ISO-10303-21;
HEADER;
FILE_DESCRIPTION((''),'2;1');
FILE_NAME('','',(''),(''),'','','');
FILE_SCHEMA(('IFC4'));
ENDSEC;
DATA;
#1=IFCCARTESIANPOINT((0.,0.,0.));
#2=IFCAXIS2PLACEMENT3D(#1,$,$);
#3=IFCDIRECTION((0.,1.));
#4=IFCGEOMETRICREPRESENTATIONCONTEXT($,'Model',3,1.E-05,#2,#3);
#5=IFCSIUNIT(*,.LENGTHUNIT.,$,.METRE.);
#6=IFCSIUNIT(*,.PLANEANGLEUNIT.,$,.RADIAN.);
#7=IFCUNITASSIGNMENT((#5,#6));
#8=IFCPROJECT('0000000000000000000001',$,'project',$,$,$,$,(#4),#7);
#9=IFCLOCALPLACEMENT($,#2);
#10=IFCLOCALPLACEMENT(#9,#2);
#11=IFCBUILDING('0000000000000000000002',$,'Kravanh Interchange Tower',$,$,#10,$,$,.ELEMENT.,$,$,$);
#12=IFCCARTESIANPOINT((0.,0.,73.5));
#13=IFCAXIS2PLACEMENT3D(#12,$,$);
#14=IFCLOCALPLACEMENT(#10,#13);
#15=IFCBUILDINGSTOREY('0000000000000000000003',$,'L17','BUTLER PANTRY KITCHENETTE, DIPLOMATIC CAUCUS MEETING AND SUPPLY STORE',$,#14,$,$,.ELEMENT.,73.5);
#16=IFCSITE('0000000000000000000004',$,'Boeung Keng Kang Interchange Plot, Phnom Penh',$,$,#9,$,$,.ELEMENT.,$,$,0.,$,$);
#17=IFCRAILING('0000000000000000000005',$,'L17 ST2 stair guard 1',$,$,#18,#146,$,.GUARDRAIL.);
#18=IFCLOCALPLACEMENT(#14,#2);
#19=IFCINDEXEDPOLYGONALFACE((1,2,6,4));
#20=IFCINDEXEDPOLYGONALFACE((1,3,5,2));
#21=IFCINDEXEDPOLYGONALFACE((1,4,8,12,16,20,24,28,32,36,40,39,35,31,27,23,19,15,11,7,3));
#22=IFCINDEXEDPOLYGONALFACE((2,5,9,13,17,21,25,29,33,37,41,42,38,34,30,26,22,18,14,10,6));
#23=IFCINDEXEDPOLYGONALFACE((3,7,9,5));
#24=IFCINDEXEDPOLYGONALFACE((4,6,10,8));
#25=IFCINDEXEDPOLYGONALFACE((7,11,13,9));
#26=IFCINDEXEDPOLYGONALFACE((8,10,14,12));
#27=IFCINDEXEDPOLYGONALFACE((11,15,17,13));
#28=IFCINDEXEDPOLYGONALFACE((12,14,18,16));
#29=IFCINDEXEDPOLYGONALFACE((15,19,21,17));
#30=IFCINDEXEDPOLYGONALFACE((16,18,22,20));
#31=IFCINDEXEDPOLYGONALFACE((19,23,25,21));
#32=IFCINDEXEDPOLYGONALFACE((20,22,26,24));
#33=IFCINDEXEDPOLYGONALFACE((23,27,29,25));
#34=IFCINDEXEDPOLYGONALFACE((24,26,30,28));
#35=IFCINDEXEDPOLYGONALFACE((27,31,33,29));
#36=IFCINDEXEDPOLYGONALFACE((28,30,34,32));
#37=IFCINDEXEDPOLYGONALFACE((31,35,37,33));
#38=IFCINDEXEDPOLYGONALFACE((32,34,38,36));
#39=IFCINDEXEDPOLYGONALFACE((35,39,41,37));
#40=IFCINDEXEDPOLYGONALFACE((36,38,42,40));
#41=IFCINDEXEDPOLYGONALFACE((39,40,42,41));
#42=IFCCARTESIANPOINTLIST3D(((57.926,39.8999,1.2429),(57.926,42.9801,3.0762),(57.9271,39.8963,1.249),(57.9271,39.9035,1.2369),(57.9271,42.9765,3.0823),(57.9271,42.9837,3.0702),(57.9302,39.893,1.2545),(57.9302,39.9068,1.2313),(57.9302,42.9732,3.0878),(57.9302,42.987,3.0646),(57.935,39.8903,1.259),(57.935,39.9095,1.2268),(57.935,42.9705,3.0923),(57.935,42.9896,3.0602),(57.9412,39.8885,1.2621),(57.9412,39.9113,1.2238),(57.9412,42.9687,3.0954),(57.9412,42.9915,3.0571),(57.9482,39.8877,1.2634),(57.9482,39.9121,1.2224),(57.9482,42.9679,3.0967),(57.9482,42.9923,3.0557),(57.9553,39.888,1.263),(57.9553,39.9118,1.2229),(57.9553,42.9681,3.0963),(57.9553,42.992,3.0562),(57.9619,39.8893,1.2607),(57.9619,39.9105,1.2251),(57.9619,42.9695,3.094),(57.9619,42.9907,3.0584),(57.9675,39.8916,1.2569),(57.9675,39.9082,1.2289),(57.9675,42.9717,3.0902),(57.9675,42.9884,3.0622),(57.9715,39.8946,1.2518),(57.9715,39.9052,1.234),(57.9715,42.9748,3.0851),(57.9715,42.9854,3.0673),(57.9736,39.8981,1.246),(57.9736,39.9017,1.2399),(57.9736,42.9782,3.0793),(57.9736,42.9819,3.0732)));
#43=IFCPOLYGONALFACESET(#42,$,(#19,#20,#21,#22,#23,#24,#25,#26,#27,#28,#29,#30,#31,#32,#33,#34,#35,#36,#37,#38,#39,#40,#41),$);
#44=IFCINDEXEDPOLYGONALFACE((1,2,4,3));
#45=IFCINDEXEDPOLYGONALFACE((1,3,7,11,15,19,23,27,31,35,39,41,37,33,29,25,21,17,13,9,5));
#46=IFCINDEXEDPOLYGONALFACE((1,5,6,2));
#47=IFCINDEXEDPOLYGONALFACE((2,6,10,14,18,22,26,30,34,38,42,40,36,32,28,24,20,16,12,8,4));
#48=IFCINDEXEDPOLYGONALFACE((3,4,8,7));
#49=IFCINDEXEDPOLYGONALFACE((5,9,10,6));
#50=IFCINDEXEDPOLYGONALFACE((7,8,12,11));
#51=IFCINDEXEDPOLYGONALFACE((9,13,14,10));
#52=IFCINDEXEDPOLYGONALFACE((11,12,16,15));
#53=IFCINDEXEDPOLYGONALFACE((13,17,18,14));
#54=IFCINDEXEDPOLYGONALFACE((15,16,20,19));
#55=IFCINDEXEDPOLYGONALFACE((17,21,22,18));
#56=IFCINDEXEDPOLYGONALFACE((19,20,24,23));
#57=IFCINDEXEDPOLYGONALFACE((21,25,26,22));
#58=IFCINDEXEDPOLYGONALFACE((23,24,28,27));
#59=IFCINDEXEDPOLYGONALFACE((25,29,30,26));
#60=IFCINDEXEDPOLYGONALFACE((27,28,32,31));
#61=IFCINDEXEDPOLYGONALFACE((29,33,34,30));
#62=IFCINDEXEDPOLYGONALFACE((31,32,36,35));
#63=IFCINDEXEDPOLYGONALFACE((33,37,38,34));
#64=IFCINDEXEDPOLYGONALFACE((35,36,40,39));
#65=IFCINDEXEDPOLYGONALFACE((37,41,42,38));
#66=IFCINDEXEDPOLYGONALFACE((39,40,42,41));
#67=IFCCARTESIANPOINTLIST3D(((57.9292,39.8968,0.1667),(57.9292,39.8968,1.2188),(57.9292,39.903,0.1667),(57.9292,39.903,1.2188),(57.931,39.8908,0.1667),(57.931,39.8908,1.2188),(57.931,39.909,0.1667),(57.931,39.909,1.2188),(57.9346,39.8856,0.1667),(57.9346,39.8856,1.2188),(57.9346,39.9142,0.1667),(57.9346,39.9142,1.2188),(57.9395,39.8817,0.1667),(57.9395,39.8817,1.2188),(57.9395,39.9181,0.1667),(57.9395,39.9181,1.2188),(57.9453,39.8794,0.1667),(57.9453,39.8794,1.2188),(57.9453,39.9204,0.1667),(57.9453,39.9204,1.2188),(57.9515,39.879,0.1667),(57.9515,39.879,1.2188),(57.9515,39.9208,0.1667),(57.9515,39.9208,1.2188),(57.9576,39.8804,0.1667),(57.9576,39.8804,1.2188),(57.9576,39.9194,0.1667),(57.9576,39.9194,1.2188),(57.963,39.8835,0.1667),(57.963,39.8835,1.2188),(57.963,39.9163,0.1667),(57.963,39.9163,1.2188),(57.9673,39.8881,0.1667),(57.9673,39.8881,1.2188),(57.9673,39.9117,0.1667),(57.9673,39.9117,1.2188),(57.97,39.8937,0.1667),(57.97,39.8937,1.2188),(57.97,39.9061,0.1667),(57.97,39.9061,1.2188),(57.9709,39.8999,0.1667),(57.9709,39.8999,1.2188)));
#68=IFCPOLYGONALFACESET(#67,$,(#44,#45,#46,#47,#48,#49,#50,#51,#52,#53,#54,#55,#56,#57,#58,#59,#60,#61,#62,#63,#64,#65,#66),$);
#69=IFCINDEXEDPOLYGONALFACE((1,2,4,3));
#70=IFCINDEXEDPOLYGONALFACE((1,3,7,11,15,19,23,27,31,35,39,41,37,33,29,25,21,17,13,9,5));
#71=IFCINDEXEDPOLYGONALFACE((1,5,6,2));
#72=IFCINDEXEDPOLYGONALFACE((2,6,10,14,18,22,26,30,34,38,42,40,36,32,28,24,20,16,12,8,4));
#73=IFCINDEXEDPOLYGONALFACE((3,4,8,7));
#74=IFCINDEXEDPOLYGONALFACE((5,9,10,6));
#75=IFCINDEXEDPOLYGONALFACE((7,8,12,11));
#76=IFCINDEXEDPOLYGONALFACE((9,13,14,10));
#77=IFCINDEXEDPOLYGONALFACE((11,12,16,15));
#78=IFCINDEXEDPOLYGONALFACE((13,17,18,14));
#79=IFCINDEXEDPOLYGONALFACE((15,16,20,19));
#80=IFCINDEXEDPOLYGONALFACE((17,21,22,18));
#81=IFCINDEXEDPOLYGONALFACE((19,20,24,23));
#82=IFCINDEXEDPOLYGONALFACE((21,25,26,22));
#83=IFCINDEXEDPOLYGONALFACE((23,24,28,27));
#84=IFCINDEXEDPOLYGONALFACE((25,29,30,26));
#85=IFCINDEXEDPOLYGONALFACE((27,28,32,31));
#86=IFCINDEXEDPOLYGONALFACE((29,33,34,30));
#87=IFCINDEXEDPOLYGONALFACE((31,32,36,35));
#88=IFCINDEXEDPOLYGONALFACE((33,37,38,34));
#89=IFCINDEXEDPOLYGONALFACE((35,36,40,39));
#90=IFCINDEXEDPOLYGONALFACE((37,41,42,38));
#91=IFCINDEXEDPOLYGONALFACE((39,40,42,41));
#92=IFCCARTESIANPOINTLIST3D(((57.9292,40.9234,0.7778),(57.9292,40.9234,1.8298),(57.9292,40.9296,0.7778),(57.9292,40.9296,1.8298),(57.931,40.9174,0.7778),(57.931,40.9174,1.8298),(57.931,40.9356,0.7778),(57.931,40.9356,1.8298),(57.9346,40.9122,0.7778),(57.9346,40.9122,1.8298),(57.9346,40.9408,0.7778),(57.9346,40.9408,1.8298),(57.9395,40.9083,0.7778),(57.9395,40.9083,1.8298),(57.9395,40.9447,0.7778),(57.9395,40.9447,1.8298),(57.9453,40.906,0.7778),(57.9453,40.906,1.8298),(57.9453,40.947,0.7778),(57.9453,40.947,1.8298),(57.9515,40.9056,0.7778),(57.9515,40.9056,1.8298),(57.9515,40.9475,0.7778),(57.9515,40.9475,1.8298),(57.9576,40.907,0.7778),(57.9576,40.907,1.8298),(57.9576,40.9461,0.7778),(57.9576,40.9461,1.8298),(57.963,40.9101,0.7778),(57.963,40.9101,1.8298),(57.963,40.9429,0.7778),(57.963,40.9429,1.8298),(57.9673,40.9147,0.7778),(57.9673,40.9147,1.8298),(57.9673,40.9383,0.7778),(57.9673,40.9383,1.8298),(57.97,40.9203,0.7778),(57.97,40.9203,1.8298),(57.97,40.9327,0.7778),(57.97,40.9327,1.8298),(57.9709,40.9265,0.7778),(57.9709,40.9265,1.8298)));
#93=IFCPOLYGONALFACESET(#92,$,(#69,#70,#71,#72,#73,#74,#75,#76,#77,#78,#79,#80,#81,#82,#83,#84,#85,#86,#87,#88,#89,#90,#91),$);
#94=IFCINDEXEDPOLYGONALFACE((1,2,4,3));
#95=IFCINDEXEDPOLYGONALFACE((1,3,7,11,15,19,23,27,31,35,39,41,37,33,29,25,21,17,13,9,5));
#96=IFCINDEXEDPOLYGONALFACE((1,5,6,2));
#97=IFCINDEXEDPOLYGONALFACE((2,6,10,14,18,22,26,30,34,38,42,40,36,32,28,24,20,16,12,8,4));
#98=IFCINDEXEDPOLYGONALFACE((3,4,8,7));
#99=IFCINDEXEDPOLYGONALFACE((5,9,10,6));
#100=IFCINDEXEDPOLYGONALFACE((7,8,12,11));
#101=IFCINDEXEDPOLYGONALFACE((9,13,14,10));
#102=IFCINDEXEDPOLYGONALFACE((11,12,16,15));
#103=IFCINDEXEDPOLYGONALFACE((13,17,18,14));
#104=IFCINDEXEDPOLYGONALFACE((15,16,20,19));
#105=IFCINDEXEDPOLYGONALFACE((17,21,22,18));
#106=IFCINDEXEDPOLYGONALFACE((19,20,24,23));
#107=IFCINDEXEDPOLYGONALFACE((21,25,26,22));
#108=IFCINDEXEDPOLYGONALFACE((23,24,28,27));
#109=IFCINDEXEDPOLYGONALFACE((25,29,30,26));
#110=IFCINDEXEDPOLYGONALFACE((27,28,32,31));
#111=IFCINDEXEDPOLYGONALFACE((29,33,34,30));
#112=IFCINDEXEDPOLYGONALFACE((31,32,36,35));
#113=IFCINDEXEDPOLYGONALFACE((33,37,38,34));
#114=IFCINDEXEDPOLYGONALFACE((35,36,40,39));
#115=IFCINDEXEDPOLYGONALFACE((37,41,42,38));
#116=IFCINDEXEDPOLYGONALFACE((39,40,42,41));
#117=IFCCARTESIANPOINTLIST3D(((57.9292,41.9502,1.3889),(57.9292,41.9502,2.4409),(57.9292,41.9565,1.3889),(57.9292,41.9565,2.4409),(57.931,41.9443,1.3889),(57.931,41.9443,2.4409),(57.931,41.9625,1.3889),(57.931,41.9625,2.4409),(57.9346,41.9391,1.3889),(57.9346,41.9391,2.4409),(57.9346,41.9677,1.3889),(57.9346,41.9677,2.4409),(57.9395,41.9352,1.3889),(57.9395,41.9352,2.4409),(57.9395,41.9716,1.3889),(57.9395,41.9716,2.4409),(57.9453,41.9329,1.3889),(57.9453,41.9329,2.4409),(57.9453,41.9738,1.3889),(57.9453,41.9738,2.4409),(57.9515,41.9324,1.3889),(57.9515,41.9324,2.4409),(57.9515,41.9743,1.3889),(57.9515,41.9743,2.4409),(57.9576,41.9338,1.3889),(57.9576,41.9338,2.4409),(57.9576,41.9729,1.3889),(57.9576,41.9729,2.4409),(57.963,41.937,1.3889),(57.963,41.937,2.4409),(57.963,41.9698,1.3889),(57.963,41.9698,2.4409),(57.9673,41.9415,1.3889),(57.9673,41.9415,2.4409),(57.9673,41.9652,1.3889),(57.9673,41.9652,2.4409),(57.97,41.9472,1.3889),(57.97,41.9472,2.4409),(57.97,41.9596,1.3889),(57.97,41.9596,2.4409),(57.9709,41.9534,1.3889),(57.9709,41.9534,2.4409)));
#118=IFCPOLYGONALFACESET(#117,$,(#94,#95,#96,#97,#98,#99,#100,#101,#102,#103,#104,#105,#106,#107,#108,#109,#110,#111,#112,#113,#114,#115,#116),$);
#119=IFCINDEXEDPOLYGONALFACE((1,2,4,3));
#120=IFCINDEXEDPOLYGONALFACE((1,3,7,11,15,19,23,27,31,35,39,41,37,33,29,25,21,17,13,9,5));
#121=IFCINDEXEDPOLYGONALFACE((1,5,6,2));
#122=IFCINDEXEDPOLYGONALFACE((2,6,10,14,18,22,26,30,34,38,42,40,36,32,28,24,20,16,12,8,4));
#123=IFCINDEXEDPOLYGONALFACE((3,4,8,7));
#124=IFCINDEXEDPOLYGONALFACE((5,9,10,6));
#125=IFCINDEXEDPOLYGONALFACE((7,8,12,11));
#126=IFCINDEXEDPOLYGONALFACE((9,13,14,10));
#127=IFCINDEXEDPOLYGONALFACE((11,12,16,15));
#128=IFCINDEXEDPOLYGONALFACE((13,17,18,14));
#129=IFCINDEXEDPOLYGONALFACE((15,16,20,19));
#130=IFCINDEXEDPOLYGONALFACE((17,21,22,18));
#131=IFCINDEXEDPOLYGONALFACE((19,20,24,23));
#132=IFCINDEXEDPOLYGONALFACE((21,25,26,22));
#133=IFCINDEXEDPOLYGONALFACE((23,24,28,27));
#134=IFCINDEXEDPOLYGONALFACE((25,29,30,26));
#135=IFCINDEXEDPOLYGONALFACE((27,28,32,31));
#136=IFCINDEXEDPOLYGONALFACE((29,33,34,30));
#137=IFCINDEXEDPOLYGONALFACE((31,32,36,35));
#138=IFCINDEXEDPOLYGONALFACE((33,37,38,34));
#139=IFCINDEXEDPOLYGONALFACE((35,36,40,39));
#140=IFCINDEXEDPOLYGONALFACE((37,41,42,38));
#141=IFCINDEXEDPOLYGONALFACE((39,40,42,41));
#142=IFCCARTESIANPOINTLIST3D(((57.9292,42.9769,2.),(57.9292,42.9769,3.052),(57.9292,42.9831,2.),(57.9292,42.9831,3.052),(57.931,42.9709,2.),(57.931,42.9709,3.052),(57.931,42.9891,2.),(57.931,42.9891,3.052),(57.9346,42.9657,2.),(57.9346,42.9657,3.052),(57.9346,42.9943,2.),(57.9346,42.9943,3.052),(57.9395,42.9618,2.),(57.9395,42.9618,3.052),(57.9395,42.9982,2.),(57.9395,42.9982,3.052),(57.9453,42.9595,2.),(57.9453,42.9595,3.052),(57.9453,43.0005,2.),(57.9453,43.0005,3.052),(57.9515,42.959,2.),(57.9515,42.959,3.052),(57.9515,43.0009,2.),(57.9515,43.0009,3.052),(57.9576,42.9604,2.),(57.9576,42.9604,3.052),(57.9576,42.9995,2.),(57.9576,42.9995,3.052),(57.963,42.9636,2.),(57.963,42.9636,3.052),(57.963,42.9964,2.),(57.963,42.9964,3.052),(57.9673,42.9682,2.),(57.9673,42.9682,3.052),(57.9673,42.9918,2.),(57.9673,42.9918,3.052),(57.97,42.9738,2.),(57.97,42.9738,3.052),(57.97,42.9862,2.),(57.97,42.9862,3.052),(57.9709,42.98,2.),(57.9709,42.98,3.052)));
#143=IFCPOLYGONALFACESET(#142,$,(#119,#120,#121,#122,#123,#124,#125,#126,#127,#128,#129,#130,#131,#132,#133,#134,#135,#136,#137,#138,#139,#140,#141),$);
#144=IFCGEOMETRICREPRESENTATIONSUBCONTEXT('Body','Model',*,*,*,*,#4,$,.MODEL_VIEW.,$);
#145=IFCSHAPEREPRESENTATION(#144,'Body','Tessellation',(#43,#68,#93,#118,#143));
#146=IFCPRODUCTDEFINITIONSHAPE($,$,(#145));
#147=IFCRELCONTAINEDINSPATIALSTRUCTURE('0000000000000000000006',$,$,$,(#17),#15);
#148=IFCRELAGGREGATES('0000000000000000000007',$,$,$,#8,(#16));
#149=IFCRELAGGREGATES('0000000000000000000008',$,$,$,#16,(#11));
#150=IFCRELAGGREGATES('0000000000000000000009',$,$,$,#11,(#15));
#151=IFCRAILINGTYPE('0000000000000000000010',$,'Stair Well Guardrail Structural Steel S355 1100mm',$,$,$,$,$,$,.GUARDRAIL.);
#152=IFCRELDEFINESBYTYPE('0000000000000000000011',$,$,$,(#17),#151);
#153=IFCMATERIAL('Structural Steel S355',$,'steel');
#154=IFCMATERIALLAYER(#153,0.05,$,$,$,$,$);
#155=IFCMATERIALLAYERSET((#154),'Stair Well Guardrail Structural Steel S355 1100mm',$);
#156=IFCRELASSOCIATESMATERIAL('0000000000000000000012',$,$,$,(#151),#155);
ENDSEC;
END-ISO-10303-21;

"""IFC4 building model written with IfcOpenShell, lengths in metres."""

from ifc_helpers import new_model, si_unit, direction, frame, origin, origin_2d, place, context, subcontext, project, spatial, circle, extrude, material, layer, layer_set, type_object, element, save


model = new_model("IFC4")

# Units and contexts
model_context = context("Model", 3, precision=1e-05, world=origin(), true_north=direction((0.0, 1.0)))
body_context = subcontext(model_context, "Body", "Model", "MODEL_VIEW")
ifc_project = project(units=[si_unit("LENGTHUNIT", "METRE"), si_unit("PLANEANGLEUNIT", "RADIAN")], contexts=[model_context])

# Site, building, storey
site_placement = place(None, origin())
site = spatial("IfcSite", under=ifc_project, at=site_placement, Name="Boeung Keng Kang Interchange Plot, Phnom Penh", CompositionType="ELEMENT", RefElevation=0.0)
building_placement = place(site_placement, origin())
building = spatial("IfcBuilding", under=site, at=building_placement, Name="Kravanh Interchange Tower", CompositionType="ELEMENT")
storey_placement = place(building_placement, frame((0.0, 0.0, 73.5)))
storey = spatial("IfcBuildingStorey", under=building, at=storey_placement, Name="L17", Description="BUTLER PANTRY KITCHENETTE, DIPLOMATIC CAUCUS MEETING AND SUPPLY STORE", CompositionType="ELEMENT", Elevation=73.5)

# Railing
ifc_material_1 = material(Name="Structural Steel S355", Category="steel")
ifc_layer_1 = layer(ifc_material_1, 0.05)
ifc_layer_set_1 = layer_set([ifc_layer_1], Name="Stair Well Guardrail Structural Steel S355 1100mm")
railing_type_1 = type_object("IfcRailingType", Name="Stair Well Guardrail Structural Steel S355 1100mm", PredefinedType="GUARDRAIL", material=ifc_layer_set_1)
railing_1_placement = place(storey_placement, frame((57.95, 39.8999, 0.1667)))
element("IfcRailing", 1, at=railing_1_placement, inside=storey, type_object=railing_type_1, Name="L17 ST2 stair guard 1", PredefinedType="GUARDRAIL", context=body_context, shape_type="SweptSolid", body=[
    extrude(circle(Radius=0.0239, at=origin_2d()), frame((0.0, 0.0, 1.0762), z_axis=(0.0, 0.859309, 0.511458), x_axis=(-1.0, 0.0, 0.0)), (0.0, 0.0, 1.0), 3.5845),
    extrude(circle(Radius=0.021, at=origin_2d()), origin(), (0.0, 0.0, 1.0), 1.052),
    extrude(circle(Radius=0.021, at=origin_2d()), frame((0.0, 1.0266, 0.6111)), (0.0, 0.0, 1.0), 1.052),
    extrude(circle(Radius=0.021, at=origin_2d()), frame((0.0, 2.0535, 1.2222)), (0.0, 0.0, 1.0), 1.052),
    extrude(circle(Radius=0.021, at=origin_2d()), frame((0.0, 3.0801, 1.8333)), (0.0, 0.0, 1.0), 1.052),
])

save(model, "model.ifc")
